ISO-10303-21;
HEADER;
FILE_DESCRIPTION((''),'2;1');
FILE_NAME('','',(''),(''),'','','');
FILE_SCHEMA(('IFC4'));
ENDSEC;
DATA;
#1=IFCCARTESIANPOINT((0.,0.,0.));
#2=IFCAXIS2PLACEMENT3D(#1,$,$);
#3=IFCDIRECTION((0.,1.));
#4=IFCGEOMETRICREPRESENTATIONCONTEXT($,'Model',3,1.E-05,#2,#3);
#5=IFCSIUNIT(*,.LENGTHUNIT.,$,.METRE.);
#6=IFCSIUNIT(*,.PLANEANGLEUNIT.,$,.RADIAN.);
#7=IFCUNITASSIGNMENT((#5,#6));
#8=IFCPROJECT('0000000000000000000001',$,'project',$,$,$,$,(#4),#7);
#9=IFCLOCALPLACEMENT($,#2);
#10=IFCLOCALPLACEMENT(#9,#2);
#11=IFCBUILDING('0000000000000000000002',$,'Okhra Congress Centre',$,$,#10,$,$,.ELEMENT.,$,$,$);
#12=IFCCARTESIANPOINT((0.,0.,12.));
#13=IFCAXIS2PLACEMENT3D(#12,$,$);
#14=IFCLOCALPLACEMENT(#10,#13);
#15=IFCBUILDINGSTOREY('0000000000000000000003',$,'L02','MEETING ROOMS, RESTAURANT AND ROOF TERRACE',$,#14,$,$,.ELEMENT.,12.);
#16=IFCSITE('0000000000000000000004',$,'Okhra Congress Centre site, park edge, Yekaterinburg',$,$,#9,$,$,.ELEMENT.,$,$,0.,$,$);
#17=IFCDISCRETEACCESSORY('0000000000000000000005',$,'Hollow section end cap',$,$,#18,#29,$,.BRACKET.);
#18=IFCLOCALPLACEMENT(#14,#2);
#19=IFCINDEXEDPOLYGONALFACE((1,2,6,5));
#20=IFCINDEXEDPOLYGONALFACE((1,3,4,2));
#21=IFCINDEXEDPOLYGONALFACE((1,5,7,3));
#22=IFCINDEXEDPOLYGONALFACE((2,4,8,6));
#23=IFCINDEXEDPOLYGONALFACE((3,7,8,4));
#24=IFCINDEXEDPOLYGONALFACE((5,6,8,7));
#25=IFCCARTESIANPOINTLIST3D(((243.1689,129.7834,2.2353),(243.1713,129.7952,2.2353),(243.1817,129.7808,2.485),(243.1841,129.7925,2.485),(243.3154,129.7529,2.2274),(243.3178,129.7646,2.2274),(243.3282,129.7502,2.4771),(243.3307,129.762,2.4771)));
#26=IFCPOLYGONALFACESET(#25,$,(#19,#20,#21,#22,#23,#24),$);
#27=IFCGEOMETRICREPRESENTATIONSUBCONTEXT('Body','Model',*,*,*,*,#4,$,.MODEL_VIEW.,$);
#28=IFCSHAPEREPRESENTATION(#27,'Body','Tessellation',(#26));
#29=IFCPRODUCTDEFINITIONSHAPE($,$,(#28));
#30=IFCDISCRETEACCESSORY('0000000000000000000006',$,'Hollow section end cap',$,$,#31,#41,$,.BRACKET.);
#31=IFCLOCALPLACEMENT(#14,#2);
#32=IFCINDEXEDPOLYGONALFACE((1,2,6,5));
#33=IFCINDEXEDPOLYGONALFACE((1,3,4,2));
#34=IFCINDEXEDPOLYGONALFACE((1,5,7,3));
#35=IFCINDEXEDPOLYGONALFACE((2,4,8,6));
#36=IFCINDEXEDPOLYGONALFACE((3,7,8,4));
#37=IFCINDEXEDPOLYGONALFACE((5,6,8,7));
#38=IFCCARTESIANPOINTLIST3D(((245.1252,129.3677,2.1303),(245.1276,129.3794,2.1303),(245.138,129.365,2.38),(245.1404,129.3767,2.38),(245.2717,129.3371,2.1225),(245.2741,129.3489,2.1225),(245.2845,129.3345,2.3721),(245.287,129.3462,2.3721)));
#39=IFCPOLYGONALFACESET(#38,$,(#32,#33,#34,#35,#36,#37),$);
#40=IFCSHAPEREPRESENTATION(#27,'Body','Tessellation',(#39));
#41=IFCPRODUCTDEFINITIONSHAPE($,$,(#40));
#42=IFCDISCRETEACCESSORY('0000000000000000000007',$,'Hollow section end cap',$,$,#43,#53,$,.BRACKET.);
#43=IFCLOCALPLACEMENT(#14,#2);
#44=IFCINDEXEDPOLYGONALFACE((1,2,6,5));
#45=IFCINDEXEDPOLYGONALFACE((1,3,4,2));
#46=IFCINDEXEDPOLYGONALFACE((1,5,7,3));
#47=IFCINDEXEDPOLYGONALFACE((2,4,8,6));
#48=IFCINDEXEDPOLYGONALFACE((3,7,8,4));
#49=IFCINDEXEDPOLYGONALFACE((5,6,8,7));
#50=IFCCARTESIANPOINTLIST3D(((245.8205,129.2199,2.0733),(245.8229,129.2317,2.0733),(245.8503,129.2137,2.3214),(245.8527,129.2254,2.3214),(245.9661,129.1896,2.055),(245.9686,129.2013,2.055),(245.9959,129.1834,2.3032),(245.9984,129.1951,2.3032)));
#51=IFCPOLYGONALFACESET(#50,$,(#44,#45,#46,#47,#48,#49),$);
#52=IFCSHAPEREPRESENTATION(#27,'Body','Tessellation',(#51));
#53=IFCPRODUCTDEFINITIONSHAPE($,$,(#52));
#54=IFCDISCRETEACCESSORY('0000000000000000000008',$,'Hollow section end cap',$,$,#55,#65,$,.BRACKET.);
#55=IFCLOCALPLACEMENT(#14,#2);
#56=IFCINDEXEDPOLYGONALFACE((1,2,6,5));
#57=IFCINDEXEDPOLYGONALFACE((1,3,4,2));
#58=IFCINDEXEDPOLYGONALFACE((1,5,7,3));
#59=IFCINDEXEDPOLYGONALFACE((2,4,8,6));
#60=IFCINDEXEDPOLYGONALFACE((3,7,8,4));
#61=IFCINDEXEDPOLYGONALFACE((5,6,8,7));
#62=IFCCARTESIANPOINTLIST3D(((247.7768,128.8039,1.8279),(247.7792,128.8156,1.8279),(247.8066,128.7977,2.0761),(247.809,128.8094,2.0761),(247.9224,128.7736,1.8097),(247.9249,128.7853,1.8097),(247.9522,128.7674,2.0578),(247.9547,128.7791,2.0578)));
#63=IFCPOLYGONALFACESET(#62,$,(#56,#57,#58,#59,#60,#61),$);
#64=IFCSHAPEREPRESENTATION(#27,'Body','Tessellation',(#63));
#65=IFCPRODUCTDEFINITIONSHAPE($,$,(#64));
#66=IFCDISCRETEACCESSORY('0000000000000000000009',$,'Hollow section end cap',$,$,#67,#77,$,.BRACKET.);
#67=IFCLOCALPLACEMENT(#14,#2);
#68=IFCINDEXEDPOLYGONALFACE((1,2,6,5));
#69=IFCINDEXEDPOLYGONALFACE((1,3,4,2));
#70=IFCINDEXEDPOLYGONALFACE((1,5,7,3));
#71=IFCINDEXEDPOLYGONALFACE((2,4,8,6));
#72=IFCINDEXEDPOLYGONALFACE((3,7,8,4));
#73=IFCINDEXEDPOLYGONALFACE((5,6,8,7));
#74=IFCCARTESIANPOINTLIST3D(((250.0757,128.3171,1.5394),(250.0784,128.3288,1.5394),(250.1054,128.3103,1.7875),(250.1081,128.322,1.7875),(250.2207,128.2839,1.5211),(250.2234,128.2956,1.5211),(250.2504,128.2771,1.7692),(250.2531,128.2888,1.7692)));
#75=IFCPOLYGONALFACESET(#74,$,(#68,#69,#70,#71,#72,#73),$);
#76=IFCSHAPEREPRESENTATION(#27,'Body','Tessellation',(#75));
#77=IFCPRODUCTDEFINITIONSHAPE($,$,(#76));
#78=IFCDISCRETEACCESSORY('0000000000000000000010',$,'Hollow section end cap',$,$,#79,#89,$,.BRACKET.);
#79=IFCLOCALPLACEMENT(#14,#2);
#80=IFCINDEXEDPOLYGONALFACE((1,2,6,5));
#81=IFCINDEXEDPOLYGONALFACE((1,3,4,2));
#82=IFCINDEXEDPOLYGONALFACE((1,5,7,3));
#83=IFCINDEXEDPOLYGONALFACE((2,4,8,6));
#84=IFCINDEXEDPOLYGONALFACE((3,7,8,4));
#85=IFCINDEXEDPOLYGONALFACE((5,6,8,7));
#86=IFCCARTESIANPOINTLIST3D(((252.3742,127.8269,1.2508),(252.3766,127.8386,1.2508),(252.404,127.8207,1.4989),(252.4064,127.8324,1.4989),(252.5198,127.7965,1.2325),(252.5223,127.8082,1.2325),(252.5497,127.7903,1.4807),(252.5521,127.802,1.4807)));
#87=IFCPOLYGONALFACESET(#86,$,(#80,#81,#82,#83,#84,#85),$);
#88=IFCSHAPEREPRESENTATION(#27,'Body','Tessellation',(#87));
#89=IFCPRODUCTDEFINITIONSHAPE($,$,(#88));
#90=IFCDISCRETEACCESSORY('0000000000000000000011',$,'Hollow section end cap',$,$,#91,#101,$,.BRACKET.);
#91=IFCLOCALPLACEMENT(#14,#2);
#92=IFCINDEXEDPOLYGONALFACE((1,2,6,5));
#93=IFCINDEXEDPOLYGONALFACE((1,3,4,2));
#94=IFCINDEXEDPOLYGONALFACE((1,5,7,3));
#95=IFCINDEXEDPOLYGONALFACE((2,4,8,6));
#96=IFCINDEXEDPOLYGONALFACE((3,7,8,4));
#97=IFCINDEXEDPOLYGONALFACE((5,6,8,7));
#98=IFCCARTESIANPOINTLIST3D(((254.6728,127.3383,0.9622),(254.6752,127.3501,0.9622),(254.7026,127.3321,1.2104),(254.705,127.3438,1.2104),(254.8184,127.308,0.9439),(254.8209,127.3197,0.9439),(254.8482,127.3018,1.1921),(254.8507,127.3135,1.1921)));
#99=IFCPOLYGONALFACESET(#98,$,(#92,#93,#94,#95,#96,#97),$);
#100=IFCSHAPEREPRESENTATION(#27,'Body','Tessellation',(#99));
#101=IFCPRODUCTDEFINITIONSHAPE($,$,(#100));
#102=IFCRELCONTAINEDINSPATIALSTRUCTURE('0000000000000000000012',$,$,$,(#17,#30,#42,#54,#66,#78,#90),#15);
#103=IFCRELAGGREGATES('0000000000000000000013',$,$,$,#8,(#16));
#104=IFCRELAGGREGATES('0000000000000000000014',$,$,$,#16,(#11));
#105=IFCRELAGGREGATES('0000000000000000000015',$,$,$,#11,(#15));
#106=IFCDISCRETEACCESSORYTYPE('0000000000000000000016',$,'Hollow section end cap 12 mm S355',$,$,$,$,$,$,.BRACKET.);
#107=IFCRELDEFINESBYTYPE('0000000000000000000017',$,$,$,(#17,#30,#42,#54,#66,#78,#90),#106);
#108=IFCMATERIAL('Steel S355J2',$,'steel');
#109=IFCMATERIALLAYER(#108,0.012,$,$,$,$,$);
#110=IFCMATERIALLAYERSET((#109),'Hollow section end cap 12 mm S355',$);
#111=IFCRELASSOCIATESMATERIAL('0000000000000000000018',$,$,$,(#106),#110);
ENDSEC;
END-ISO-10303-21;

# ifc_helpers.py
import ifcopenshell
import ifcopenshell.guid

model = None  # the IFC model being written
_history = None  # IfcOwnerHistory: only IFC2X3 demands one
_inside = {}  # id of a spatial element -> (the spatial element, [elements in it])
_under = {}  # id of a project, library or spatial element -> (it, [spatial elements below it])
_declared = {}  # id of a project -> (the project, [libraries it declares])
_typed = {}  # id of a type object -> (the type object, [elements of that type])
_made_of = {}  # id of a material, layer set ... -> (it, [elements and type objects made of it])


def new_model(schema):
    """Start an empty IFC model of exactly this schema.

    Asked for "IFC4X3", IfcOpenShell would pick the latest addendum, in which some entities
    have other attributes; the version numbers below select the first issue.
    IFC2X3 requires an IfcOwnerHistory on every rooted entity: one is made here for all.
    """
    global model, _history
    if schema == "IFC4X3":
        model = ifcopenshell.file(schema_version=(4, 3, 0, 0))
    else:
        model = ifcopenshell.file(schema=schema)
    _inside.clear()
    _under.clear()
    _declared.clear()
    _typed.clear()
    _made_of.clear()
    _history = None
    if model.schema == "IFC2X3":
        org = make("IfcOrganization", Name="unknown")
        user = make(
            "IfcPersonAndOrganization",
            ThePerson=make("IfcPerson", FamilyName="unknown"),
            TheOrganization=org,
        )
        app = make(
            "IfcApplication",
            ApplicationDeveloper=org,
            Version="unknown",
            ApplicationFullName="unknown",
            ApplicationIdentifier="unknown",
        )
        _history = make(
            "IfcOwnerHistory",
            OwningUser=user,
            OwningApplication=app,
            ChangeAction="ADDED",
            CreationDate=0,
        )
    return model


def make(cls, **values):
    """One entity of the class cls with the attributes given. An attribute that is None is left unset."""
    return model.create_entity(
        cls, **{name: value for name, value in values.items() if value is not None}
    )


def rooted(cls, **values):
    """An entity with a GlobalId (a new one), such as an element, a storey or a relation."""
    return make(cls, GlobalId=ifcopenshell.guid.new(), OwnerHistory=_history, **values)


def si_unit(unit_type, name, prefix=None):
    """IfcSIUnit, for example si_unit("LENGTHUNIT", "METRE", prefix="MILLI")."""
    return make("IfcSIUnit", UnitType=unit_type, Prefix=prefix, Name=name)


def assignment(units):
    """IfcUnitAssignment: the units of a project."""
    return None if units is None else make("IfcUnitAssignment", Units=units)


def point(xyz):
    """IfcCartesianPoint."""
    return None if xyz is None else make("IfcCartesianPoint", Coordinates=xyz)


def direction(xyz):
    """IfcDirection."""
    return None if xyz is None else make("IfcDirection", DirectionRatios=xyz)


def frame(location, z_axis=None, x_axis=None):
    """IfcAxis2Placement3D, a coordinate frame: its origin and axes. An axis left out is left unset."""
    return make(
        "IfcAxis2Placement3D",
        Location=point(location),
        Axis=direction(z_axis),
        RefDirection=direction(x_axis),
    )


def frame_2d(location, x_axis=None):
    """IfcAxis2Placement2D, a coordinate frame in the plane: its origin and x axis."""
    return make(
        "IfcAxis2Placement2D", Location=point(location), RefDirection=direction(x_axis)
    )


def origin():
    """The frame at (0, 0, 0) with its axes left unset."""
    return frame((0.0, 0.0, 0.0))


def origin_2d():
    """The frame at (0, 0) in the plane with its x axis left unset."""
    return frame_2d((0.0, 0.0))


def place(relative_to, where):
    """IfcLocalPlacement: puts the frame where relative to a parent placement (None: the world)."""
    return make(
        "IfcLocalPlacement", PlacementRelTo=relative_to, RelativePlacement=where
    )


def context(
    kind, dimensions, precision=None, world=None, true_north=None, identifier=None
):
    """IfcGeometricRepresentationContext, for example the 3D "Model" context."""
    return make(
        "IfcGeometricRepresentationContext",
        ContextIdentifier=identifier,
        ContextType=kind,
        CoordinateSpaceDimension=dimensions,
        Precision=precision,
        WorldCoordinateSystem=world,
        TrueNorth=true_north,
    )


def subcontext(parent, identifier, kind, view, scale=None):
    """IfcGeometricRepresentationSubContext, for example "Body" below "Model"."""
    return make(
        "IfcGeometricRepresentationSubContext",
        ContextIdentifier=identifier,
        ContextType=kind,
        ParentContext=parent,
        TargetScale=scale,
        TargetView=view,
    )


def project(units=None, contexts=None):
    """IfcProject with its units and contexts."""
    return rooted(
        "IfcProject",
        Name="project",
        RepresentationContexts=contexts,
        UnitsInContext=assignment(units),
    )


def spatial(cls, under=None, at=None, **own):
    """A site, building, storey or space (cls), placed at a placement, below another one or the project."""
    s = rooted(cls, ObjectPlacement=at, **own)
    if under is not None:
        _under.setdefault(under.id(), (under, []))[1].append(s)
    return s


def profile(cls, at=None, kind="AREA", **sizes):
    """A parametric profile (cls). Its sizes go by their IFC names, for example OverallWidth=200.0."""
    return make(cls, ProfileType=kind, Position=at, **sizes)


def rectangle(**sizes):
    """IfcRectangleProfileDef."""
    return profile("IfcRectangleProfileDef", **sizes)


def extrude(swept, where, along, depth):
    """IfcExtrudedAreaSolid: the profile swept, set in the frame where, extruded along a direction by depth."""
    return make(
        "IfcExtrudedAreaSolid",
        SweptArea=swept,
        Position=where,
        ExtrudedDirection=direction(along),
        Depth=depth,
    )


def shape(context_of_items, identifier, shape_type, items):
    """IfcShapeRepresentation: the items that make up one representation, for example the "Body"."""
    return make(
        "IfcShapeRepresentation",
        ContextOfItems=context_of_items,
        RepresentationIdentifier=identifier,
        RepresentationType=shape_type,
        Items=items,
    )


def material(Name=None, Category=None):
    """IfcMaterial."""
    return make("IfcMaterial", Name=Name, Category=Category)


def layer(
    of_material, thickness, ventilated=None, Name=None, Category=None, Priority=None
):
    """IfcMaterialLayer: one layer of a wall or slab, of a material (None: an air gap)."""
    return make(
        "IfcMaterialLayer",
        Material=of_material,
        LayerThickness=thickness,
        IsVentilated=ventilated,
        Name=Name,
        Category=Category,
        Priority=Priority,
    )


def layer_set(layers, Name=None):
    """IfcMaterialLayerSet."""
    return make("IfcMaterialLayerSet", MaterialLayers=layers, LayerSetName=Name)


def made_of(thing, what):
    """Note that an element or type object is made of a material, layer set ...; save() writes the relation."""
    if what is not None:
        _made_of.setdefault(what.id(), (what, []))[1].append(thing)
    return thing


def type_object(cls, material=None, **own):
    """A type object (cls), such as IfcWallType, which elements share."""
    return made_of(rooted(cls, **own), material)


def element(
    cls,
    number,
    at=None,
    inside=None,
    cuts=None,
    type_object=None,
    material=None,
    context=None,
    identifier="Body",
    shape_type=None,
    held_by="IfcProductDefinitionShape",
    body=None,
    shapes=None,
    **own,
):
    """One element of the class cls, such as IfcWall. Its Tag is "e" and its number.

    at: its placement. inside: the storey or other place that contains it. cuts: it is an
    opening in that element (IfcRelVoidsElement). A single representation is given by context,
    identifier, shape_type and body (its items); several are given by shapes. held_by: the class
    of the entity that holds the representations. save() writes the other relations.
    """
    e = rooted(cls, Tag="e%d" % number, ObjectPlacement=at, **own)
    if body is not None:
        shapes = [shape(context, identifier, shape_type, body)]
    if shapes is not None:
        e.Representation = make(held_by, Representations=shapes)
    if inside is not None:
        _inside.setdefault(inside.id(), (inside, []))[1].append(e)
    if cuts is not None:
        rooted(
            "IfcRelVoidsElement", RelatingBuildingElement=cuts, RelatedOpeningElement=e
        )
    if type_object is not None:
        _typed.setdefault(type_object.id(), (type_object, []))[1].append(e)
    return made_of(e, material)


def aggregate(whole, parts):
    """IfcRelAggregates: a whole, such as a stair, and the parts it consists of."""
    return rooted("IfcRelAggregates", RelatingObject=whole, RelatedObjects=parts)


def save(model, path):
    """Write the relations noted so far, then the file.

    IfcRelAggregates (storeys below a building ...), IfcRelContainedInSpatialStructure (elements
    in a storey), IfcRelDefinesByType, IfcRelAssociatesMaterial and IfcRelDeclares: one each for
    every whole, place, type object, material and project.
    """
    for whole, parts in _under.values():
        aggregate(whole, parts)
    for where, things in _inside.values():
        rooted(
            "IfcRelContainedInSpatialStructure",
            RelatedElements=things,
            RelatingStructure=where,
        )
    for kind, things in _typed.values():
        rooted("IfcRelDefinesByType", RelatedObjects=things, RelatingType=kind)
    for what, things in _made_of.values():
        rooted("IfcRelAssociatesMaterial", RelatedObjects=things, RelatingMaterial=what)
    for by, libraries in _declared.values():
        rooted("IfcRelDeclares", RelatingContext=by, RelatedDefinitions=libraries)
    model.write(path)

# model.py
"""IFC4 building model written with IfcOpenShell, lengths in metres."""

from ifc_helpers import new_model, si_unit, direction, frame, origin, origin_2d, place, context, subcontext, project, spatial, rectangle, extrude, material, layer, layer_set, type_object, element, save


model = new_model("IFC4")

# Units and contexts
model_context = context("Model", 3, precision=1e-05, world=origin(), true_north=direction((0.0, 1.0)))
body_context = subcontext(model_context, "Body", "Model", "MODEL_VIEW")
ifc_project = project(units=[si_unit("LENGTHUNIT", "METRE"), si_unit("PLANEANGLEUNIT", "RADIAN")], contexts=[model_context])

# Site, building, storey
site_placement = place(None, origin())
site = spatial("IfcSite", under=ifc_project, at=site_placement, Name="Okhra Congress Centre site, park edge, Yekaterinburg", CompositionType="ELEMENT", RefElevation=0.0)
building_placement = place(site_placement, origin())
building = spatial("IfcBuilding", under=site, at=building_placement, Name="Okhra Congress Centre", CompositionType="ELEMENT")
storey_placement = place(building_placement, frame((0.0, 0.0, 12.0)))
storey = spatial("IfcBuildingStorey", under=building, at=storey_placement, Name="L02", Description="MEETING ROOMS, RESTAURANT AND ROOF TERRACE", CompositionType="ELEMENT", Elevation=12.0)

# Shared definitions
ifc_material_1 = material(Name="Steel S355J2", Category="steel")

# Discrete accessories
ifc_layer_1 = layer(ifc_material_1, 0.012)
ifc_layer_set_1 = layer_set([ifc_layer_1], Name="Hollow section end cap 12 mm S355")
discrete_accessory_type_1 = type_object("IfcDiscreteAccessoryType", Name="Hollow section end cap 12 mm S355", PredefinedType="BRACKET", material=ifc_layer_set_1)
for number, where, z_axis, x_axis, name in (
    (1, (243.2485, 129.7668, 2.3562), (0.203954, 0.97898, 0.0), (-0.977639, 0.203675, 0.052336), "Hollow section end cap"),
    (2, (245.2048, 129.3511, 2.2512), (0.203954, 0.97898, 0.0), (-0.977639, 0.203675, 0.052336), "Hollow section end cap"),
    (3, (245.9082, 129.2017, 2.1882), (0.203954, 0.97898, 0.0), (-0.971683, 0.202434, 0.121869), "Hollow section end cap"),
    (4, (247.8645, 128.7856, 1.9429), (0.203954, 0.97898, 0.0), (-0.971683, 0.202434, 0.121869), "Hollow section end cap"),
    (5, (250.1631, 128.2971, 1.6543), (0.223376, 0.974732, 0.0), (-0.967467, 0.221711, 0.121869), "Hollow section end cap"),
    (6, (252.4619, 127.8086, 1.3657), (0.203954, 0.97898, 0.0), (-0.971683, 0.202434, 0.121869), "Hollow section end cap"),
    (7, (254.7605, 127.3201, 1.0771), (0.203954, 0.97898, 0.0), (-0.971683, 0.202434, 0.121869), "Hollow section end cap"),
):
    element("IfcDiscreteAccessory", number, at=place(storey_placement, frame(where, z_axis=z_axis, x_axis=x_axis)), inside=storey, type_object=discrete_accessory_type_1, Name=name, PredefinedType="BRACKET", context=body_context, shape_type="SweptSolid", body=[
        extrude(rectangle(XDim=0.1499, YDim=0.25, at=origin_2d()), origin(), (0.0, 0.0, 1.0), 0.012),
    ])

save(model, "model.ifc")
